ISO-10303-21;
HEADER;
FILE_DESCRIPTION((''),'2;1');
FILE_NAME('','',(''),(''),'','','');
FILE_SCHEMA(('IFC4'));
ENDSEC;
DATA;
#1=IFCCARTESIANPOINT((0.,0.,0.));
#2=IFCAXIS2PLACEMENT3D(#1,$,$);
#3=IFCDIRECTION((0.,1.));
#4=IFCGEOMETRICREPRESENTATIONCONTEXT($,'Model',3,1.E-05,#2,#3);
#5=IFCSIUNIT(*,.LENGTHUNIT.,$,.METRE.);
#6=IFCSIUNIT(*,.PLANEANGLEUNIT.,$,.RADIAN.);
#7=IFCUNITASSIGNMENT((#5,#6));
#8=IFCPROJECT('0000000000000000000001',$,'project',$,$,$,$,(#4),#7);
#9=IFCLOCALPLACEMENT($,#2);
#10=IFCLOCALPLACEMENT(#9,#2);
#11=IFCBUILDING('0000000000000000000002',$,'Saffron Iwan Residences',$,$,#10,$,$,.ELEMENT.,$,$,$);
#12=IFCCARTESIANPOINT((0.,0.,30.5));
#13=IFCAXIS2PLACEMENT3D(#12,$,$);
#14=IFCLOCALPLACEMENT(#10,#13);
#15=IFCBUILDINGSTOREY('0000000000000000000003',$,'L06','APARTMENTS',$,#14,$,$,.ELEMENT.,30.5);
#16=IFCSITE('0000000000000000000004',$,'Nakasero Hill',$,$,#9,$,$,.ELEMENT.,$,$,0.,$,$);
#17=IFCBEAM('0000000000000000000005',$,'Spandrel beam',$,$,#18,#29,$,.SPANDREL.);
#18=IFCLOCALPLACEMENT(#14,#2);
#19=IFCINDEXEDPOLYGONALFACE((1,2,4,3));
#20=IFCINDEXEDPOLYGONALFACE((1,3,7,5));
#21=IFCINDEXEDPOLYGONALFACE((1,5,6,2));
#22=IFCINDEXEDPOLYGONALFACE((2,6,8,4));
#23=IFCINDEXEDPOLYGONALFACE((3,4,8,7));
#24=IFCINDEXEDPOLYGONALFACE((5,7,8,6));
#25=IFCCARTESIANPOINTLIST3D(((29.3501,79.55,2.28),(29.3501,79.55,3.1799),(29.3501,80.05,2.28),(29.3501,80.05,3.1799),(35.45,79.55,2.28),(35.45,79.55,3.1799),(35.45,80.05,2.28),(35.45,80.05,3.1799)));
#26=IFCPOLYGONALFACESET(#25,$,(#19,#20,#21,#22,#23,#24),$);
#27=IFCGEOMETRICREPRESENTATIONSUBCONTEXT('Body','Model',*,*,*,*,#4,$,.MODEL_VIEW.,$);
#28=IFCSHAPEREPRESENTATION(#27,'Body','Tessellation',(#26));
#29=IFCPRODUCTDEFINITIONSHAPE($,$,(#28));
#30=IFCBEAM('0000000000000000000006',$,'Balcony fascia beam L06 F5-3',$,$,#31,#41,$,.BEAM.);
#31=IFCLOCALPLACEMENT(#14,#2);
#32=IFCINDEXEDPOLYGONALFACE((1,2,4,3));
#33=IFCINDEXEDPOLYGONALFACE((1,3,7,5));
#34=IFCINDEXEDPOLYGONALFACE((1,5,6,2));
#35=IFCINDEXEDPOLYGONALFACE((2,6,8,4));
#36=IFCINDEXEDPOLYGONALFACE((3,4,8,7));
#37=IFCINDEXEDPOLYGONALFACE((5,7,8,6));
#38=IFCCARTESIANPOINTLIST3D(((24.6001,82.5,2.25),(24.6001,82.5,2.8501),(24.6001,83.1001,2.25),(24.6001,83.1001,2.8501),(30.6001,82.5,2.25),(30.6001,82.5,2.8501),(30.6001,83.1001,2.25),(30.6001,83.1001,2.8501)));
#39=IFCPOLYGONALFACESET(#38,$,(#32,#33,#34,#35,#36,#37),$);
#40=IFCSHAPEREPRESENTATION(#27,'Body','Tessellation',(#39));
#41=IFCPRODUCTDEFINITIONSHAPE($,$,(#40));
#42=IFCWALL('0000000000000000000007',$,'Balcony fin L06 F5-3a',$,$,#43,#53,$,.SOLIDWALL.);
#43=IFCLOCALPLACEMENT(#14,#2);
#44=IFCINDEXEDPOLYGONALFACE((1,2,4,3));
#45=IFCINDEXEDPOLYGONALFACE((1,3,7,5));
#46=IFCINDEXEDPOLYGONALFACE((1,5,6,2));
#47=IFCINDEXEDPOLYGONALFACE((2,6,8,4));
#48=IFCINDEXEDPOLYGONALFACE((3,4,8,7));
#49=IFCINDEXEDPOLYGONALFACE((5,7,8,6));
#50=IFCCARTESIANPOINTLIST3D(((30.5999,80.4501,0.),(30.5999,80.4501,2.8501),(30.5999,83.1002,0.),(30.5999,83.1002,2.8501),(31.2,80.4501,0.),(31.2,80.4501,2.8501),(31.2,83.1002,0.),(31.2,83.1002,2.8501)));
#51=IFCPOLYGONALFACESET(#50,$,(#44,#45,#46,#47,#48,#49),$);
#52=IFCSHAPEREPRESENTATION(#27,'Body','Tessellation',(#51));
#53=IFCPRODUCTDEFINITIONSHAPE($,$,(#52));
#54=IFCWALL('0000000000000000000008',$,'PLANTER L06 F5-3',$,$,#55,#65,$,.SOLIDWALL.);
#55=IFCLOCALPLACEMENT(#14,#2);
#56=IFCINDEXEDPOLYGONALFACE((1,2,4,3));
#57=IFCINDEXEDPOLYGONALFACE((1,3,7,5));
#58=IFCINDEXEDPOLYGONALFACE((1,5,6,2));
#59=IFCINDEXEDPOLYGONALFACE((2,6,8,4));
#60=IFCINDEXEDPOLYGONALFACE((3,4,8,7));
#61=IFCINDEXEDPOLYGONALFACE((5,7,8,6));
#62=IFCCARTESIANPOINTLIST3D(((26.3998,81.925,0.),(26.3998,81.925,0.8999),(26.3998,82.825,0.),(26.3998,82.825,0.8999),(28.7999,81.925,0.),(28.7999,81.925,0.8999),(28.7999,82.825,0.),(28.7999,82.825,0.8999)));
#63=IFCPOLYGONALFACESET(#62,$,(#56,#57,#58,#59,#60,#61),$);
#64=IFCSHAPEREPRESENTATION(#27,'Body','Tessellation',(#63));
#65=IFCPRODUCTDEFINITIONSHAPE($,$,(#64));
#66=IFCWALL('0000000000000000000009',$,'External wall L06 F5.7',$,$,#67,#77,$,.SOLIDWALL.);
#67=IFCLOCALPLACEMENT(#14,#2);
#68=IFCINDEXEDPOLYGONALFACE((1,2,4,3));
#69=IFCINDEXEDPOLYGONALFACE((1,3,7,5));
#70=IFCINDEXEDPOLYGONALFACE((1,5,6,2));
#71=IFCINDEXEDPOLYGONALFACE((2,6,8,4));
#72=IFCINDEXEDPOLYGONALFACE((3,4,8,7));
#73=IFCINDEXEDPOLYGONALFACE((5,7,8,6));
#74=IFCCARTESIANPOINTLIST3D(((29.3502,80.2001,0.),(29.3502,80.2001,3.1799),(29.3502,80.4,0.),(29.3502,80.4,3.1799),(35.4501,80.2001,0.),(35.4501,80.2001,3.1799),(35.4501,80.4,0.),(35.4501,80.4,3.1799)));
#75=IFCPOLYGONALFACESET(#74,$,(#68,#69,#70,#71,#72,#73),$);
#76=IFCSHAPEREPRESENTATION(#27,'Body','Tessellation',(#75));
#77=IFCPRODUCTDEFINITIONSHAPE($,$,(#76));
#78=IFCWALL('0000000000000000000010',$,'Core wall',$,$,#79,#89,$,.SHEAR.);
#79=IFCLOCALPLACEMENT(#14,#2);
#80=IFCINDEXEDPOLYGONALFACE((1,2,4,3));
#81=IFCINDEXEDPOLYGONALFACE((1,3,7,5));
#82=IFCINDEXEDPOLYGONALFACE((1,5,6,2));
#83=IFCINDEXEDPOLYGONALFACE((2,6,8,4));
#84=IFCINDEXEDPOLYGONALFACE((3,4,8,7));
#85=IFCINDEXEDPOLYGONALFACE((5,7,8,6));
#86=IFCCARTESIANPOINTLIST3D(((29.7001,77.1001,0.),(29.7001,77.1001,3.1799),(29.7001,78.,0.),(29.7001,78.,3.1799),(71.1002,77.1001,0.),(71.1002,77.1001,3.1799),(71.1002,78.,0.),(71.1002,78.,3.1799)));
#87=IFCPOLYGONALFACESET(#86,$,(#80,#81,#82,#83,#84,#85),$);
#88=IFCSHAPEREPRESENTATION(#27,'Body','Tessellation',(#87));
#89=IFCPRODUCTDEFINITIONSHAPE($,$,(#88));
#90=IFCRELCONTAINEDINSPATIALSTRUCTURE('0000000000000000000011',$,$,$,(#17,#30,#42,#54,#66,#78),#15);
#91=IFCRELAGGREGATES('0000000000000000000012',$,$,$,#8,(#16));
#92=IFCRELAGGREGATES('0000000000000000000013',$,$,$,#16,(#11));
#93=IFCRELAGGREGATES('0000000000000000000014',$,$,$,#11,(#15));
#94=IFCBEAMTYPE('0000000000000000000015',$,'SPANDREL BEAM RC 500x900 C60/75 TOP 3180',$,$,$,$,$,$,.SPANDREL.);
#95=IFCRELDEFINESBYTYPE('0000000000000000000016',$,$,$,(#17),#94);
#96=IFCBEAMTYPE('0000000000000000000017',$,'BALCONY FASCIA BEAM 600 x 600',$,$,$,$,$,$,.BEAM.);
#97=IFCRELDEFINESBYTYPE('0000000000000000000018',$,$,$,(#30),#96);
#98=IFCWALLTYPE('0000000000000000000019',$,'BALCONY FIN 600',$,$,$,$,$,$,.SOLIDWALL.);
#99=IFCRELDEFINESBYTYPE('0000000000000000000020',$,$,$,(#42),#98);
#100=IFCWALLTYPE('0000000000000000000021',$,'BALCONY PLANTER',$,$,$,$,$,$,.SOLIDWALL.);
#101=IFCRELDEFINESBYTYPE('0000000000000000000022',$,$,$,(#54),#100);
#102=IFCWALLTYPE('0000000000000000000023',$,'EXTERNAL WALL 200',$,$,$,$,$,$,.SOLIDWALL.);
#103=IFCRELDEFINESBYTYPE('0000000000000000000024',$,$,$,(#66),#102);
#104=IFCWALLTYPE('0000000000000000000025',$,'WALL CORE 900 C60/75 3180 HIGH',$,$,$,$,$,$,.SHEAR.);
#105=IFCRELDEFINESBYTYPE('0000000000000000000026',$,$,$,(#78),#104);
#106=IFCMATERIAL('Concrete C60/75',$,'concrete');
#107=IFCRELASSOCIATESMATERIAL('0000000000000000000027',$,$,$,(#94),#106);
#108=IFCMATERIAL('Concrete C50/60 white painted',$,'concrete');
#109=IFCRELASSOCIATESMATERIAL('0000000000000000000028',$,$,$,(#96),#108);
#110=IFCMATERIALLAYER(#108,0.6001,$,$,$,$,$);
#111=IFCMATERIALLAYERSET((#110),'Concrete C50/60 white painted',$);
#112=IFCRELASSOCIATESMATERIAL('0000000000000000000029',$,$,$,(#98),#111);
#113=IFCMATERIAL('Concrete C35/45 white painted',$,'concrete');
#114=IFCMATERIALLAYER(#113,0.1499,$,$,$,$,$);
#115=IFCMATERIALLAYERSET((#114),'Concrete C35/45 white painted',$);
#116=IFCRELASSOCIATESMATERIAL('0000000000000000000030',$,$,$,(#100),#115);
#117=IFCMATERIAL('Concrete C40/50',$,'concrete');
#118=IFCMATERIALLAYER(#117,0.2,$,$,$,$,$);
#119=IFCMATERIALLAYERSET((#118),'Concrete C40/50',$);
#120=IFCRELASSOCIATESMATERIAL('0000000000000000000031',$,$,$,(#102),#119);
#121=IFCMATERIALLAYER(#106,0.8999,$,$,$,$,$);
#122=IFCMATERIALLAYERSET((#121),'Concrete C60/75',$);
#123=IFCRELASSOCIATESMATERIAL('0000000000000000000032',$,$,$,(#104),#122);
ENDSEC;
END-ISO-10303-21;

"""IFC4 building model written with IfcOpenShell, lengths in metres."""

from ifc_helpers import new_model, si_unit, direction, frame, frame_2d, origin, origin_2d, place, context, subcontext, project, spatial, rectangle, extrude, source, transform, mapped, material, layer, layer_set, material_profile, profile_set, type_object, element, save


model = new_model("IFC4")

# Units and contexts
model_context = context("Model", 3, precision=1e-05, world=origin(), true_north=direction((0.0, 1.0)))
body_context = subcontext(model_context, "Body", "Model", "MODEL_VIEW")
ifc_project = project(units=[si_unit("LENGTHUNIT", "METRE"), si_unit("PLANEANGLEUNIT", "RADIAN")], contexts=[model_context])

# Site, building, storey
site_placement = place(None, origin())
site = spatial("IfcSite", under=ifc_project, at=site_placement, Name="Nakasero Hill", CompositionType="ELEMENT", RefElevation=0.0)
building_placement = place(site_placement, origin())
building = spatial("IfcBuilding", under=site, at=building_placement, Name="Saffron Iwan Residences", CompositionType="ELEMENT")
storey_placement = place(building_placement, frame((0.0, 0.0, 30.5)))
storey = spatial("IfcBuildingStorey", under=building, at=storey_placement, Name="L06", Description="APARTMENTS", CompositionType="ELEMENT", Elevation=30.5)

# Beams
ifc_material_1 = material(Name="Concrete C60/75", Category="concrete")
ifc_material_profile_1 = material_profile(ifc_material_1, rectangle(XDim=0.5, YDim=0.8999, at=origin_2d()), Name="RC 500x900")
ifc_profile_set_1 = profile_set([ifc_material_profile_1], Name="Concrete C60/75")
beam_type_1 = type_object("IfcBeamType", Name="SPANDREL BEAM RC 500x900 C60/75 TOP 3180", PredefinedType="SPANDREL", material=ifc_profile_set_1)
shared_shape_1 = source(origin(), body_context, "Body", "SweptSolid", [
    extrude(rectangle(XDim=0.5, YDim=0.8999, at=origin_2d()), origin(), (0.0, 0.0, 1.0), 6.0999),
])
beam_1_placement = place(storey_placement, frame((29.3501, 79.8, 2.73), z_axis=(1.0, 0.0, 0.0), x_axis=(0.0, 1.0, 0.0)))
element("IfcBeam", 1, at=beam_1_placement, inside=storey, type_object=beam_type_1, Name="Spandrel beam", PredefinedType="SPANDREL", context=body_context, shape_type="MappedRepresentation", body=[
    mapped(shared_shape_1, transform((0.0, 0.0, 0.0))),
])
ifc_material_2 = material(Name="Concrete C50/60 white painted", Category="concrete")
ifc_material_profile_2 = material_profile(ifc_material_2, rectangle(XDim=0.6001, YDim=0.6001, at=origin_2d()), Name="BALCONY FASCIA BEAM 600 x 600")
ifc_profile_set_2 = profile_set([ifc_material_profile_2], Name="Concrete C50/60 white painted")
beam_type_2 = type_object("IfcBeamType", Name="BALCONY FASCIA BEAM 600 x 600", PredefinedType="BEAM", material=ifc_profile_set_2)
shared_shape_2 = source(origin(), body_context, "Body", "SweptSolid", [
    extrude(rectangle(XDim=0.6001, YDim=0.6001, at=origin_2d()), origin(), (0.0, 0.0, 1.0), 6.0),
])
beam_2_placement = place(storey_placement, frame((30.6001, 82.8, 2.55), z_axis=(-1.0, 0.0, 0.0), x_axis=(0.0, -1.0, 0.0)))
element("IfcBeam", 2, at=beam_2_placement, inside=storey, type_object=beam_type_2, Name="Balcony fascia beam L06 F5-3", PredefinedType="BEAM", context=body_context, shape_type="MappedRepresentation", body=[
    mapped(shared_shape_2, transform((0.0, 0.0, 0.0))),
])

# Walls
ifc_layer_1 = layer(ifc_material_2, 0.6001)
ifc_layer_set_1 = layer_set([ifc_layer_1], Name="Concrete C50/60 white painted")
wall_type_1 = type_object("IfcWallType", Name="BALCONY FIN 600", PredefinedType="SOLIDWALL", material=ifc_layer_set_1)
wall_1_placement = place(storey_placement, frame((30.8999, 80.45, 0.0), z_axis=(0.0, 0.0, 1.0), x_axis=(0.0, 1.0, 0.0)))
element("IfcWall", 3, at=wall_1_placement, inside=storey, type_object=wall_type_1, Name="Balcony fin L06 F5-3a", PredefinedType="SOLIDWALL", context=body_context, shape_type="SweptSolid", body=[
    extrude(rectangle(XDim=2.6501, YDim=0.6001, at=frame_2d((1.3252, 0.0))), origin(), (0.0, 0.0, 1.0), 2.8501),
])
ifc_material_3 = material(Name="Concrete C35/45 white painted", Category="concrete")
ifc_layer_2 = layer(ifc_material_3, 0.1499)
ifc_layer_set_2 = layer_set([ifc_layer_2], Name="Concrete C35/45 white painted")
wall_type_2 = type_object("IfcWallType", Name="BALCONY PLANTER", PredefinedType="SOLIDWALL", material=ifc_layer_set_2)
wall_2_placement = place(storey_placement, frame((28.8, 82.375, 0.0), z_axis=(0.0, 0.0, 1.0), x_axis=(-1.0, 0.0, 0.0)))
element("IfcWall", 4, at=wall_2_placement, inside=storey, type_object=wall_type_2, Name="PLANTER L06 F5-3", PredefinedType="SOLIDWALL", context=body_context, shape_type="SweptSolid", body=[
    extrude(rectangle(XDim=2.4001, YDim=0.8999, at=frame_2d((1.2002, 0.0))), origin(), (0.0, 0.0, 1.0), 0.8999),
])
ifc_material_4 = material(Name="Concrete C40/50", Category="concrete")
ifc_layer_3 = layer(ifc_material_4, 0.2)
ifc_layer_set_3 = layer_set([ifc_layer_3], Name="Concrete C40/50")
wall_type_3 = type_object("IfcWallType", Name="EXTERNAL WALL 200", PredefinedType="SOLIDWALL", material=ifc_layer_set_3)
wall_3_placement = place(storey_placement, frame((35.45, 80.3, 0.0), z_axis=(0.0, 0.0, 1.0), x_axis=(-1.0, 0.0, 0.0)))
element("IfcWall", 5, at=wall_3_placement, inside=storey, type_object=wall_type_3, Name="External wall L06 F5.7", PredefinedType="SOLIDWALL", context=body_context, shape_type="SweptSolid", body=[
    extrude(rectangle(XDim=6.0999, YDim=0.2, at=frame_2d((3.0498, 0.0))), origin(), (0.0, 0.0, 1.0), 3.1799),
])
ifc_layer_4 = layer(ifc_material_1, 0.8999)
ifc_layer_set_4 = layer_set([ifc_layer_4], Name="Concrete C60/75")
wall_type_4 = type_object("IfcWallType", Name="WALL CORE 900 C60/75 3180 HIGH", PredefinedType="SHEAR", material=ifc_layer_set_4)
wall_4_placement = place(storey_placement, frame((29.7, 77.55, 0.0), z_axis=(0.0, 0.0, 1.0), x_axis=(1.0, 0.0, 0.0)))
element("IfcWall", 6, at=wall_4_placement, inside=storey, type_object=wall_type_4, Name="Core wall", PredefinedType="SHEAR", context=body_context, shape_type="SweptSolid", body=[
    extrude(rectangle(XDim=41.4001, YDim=0.8999, at=frame_2d((20.7002, 0.0))), origin(), (0.0, 0.0, 1.0), 3.1799),
])

save(model, "model.ifc")
